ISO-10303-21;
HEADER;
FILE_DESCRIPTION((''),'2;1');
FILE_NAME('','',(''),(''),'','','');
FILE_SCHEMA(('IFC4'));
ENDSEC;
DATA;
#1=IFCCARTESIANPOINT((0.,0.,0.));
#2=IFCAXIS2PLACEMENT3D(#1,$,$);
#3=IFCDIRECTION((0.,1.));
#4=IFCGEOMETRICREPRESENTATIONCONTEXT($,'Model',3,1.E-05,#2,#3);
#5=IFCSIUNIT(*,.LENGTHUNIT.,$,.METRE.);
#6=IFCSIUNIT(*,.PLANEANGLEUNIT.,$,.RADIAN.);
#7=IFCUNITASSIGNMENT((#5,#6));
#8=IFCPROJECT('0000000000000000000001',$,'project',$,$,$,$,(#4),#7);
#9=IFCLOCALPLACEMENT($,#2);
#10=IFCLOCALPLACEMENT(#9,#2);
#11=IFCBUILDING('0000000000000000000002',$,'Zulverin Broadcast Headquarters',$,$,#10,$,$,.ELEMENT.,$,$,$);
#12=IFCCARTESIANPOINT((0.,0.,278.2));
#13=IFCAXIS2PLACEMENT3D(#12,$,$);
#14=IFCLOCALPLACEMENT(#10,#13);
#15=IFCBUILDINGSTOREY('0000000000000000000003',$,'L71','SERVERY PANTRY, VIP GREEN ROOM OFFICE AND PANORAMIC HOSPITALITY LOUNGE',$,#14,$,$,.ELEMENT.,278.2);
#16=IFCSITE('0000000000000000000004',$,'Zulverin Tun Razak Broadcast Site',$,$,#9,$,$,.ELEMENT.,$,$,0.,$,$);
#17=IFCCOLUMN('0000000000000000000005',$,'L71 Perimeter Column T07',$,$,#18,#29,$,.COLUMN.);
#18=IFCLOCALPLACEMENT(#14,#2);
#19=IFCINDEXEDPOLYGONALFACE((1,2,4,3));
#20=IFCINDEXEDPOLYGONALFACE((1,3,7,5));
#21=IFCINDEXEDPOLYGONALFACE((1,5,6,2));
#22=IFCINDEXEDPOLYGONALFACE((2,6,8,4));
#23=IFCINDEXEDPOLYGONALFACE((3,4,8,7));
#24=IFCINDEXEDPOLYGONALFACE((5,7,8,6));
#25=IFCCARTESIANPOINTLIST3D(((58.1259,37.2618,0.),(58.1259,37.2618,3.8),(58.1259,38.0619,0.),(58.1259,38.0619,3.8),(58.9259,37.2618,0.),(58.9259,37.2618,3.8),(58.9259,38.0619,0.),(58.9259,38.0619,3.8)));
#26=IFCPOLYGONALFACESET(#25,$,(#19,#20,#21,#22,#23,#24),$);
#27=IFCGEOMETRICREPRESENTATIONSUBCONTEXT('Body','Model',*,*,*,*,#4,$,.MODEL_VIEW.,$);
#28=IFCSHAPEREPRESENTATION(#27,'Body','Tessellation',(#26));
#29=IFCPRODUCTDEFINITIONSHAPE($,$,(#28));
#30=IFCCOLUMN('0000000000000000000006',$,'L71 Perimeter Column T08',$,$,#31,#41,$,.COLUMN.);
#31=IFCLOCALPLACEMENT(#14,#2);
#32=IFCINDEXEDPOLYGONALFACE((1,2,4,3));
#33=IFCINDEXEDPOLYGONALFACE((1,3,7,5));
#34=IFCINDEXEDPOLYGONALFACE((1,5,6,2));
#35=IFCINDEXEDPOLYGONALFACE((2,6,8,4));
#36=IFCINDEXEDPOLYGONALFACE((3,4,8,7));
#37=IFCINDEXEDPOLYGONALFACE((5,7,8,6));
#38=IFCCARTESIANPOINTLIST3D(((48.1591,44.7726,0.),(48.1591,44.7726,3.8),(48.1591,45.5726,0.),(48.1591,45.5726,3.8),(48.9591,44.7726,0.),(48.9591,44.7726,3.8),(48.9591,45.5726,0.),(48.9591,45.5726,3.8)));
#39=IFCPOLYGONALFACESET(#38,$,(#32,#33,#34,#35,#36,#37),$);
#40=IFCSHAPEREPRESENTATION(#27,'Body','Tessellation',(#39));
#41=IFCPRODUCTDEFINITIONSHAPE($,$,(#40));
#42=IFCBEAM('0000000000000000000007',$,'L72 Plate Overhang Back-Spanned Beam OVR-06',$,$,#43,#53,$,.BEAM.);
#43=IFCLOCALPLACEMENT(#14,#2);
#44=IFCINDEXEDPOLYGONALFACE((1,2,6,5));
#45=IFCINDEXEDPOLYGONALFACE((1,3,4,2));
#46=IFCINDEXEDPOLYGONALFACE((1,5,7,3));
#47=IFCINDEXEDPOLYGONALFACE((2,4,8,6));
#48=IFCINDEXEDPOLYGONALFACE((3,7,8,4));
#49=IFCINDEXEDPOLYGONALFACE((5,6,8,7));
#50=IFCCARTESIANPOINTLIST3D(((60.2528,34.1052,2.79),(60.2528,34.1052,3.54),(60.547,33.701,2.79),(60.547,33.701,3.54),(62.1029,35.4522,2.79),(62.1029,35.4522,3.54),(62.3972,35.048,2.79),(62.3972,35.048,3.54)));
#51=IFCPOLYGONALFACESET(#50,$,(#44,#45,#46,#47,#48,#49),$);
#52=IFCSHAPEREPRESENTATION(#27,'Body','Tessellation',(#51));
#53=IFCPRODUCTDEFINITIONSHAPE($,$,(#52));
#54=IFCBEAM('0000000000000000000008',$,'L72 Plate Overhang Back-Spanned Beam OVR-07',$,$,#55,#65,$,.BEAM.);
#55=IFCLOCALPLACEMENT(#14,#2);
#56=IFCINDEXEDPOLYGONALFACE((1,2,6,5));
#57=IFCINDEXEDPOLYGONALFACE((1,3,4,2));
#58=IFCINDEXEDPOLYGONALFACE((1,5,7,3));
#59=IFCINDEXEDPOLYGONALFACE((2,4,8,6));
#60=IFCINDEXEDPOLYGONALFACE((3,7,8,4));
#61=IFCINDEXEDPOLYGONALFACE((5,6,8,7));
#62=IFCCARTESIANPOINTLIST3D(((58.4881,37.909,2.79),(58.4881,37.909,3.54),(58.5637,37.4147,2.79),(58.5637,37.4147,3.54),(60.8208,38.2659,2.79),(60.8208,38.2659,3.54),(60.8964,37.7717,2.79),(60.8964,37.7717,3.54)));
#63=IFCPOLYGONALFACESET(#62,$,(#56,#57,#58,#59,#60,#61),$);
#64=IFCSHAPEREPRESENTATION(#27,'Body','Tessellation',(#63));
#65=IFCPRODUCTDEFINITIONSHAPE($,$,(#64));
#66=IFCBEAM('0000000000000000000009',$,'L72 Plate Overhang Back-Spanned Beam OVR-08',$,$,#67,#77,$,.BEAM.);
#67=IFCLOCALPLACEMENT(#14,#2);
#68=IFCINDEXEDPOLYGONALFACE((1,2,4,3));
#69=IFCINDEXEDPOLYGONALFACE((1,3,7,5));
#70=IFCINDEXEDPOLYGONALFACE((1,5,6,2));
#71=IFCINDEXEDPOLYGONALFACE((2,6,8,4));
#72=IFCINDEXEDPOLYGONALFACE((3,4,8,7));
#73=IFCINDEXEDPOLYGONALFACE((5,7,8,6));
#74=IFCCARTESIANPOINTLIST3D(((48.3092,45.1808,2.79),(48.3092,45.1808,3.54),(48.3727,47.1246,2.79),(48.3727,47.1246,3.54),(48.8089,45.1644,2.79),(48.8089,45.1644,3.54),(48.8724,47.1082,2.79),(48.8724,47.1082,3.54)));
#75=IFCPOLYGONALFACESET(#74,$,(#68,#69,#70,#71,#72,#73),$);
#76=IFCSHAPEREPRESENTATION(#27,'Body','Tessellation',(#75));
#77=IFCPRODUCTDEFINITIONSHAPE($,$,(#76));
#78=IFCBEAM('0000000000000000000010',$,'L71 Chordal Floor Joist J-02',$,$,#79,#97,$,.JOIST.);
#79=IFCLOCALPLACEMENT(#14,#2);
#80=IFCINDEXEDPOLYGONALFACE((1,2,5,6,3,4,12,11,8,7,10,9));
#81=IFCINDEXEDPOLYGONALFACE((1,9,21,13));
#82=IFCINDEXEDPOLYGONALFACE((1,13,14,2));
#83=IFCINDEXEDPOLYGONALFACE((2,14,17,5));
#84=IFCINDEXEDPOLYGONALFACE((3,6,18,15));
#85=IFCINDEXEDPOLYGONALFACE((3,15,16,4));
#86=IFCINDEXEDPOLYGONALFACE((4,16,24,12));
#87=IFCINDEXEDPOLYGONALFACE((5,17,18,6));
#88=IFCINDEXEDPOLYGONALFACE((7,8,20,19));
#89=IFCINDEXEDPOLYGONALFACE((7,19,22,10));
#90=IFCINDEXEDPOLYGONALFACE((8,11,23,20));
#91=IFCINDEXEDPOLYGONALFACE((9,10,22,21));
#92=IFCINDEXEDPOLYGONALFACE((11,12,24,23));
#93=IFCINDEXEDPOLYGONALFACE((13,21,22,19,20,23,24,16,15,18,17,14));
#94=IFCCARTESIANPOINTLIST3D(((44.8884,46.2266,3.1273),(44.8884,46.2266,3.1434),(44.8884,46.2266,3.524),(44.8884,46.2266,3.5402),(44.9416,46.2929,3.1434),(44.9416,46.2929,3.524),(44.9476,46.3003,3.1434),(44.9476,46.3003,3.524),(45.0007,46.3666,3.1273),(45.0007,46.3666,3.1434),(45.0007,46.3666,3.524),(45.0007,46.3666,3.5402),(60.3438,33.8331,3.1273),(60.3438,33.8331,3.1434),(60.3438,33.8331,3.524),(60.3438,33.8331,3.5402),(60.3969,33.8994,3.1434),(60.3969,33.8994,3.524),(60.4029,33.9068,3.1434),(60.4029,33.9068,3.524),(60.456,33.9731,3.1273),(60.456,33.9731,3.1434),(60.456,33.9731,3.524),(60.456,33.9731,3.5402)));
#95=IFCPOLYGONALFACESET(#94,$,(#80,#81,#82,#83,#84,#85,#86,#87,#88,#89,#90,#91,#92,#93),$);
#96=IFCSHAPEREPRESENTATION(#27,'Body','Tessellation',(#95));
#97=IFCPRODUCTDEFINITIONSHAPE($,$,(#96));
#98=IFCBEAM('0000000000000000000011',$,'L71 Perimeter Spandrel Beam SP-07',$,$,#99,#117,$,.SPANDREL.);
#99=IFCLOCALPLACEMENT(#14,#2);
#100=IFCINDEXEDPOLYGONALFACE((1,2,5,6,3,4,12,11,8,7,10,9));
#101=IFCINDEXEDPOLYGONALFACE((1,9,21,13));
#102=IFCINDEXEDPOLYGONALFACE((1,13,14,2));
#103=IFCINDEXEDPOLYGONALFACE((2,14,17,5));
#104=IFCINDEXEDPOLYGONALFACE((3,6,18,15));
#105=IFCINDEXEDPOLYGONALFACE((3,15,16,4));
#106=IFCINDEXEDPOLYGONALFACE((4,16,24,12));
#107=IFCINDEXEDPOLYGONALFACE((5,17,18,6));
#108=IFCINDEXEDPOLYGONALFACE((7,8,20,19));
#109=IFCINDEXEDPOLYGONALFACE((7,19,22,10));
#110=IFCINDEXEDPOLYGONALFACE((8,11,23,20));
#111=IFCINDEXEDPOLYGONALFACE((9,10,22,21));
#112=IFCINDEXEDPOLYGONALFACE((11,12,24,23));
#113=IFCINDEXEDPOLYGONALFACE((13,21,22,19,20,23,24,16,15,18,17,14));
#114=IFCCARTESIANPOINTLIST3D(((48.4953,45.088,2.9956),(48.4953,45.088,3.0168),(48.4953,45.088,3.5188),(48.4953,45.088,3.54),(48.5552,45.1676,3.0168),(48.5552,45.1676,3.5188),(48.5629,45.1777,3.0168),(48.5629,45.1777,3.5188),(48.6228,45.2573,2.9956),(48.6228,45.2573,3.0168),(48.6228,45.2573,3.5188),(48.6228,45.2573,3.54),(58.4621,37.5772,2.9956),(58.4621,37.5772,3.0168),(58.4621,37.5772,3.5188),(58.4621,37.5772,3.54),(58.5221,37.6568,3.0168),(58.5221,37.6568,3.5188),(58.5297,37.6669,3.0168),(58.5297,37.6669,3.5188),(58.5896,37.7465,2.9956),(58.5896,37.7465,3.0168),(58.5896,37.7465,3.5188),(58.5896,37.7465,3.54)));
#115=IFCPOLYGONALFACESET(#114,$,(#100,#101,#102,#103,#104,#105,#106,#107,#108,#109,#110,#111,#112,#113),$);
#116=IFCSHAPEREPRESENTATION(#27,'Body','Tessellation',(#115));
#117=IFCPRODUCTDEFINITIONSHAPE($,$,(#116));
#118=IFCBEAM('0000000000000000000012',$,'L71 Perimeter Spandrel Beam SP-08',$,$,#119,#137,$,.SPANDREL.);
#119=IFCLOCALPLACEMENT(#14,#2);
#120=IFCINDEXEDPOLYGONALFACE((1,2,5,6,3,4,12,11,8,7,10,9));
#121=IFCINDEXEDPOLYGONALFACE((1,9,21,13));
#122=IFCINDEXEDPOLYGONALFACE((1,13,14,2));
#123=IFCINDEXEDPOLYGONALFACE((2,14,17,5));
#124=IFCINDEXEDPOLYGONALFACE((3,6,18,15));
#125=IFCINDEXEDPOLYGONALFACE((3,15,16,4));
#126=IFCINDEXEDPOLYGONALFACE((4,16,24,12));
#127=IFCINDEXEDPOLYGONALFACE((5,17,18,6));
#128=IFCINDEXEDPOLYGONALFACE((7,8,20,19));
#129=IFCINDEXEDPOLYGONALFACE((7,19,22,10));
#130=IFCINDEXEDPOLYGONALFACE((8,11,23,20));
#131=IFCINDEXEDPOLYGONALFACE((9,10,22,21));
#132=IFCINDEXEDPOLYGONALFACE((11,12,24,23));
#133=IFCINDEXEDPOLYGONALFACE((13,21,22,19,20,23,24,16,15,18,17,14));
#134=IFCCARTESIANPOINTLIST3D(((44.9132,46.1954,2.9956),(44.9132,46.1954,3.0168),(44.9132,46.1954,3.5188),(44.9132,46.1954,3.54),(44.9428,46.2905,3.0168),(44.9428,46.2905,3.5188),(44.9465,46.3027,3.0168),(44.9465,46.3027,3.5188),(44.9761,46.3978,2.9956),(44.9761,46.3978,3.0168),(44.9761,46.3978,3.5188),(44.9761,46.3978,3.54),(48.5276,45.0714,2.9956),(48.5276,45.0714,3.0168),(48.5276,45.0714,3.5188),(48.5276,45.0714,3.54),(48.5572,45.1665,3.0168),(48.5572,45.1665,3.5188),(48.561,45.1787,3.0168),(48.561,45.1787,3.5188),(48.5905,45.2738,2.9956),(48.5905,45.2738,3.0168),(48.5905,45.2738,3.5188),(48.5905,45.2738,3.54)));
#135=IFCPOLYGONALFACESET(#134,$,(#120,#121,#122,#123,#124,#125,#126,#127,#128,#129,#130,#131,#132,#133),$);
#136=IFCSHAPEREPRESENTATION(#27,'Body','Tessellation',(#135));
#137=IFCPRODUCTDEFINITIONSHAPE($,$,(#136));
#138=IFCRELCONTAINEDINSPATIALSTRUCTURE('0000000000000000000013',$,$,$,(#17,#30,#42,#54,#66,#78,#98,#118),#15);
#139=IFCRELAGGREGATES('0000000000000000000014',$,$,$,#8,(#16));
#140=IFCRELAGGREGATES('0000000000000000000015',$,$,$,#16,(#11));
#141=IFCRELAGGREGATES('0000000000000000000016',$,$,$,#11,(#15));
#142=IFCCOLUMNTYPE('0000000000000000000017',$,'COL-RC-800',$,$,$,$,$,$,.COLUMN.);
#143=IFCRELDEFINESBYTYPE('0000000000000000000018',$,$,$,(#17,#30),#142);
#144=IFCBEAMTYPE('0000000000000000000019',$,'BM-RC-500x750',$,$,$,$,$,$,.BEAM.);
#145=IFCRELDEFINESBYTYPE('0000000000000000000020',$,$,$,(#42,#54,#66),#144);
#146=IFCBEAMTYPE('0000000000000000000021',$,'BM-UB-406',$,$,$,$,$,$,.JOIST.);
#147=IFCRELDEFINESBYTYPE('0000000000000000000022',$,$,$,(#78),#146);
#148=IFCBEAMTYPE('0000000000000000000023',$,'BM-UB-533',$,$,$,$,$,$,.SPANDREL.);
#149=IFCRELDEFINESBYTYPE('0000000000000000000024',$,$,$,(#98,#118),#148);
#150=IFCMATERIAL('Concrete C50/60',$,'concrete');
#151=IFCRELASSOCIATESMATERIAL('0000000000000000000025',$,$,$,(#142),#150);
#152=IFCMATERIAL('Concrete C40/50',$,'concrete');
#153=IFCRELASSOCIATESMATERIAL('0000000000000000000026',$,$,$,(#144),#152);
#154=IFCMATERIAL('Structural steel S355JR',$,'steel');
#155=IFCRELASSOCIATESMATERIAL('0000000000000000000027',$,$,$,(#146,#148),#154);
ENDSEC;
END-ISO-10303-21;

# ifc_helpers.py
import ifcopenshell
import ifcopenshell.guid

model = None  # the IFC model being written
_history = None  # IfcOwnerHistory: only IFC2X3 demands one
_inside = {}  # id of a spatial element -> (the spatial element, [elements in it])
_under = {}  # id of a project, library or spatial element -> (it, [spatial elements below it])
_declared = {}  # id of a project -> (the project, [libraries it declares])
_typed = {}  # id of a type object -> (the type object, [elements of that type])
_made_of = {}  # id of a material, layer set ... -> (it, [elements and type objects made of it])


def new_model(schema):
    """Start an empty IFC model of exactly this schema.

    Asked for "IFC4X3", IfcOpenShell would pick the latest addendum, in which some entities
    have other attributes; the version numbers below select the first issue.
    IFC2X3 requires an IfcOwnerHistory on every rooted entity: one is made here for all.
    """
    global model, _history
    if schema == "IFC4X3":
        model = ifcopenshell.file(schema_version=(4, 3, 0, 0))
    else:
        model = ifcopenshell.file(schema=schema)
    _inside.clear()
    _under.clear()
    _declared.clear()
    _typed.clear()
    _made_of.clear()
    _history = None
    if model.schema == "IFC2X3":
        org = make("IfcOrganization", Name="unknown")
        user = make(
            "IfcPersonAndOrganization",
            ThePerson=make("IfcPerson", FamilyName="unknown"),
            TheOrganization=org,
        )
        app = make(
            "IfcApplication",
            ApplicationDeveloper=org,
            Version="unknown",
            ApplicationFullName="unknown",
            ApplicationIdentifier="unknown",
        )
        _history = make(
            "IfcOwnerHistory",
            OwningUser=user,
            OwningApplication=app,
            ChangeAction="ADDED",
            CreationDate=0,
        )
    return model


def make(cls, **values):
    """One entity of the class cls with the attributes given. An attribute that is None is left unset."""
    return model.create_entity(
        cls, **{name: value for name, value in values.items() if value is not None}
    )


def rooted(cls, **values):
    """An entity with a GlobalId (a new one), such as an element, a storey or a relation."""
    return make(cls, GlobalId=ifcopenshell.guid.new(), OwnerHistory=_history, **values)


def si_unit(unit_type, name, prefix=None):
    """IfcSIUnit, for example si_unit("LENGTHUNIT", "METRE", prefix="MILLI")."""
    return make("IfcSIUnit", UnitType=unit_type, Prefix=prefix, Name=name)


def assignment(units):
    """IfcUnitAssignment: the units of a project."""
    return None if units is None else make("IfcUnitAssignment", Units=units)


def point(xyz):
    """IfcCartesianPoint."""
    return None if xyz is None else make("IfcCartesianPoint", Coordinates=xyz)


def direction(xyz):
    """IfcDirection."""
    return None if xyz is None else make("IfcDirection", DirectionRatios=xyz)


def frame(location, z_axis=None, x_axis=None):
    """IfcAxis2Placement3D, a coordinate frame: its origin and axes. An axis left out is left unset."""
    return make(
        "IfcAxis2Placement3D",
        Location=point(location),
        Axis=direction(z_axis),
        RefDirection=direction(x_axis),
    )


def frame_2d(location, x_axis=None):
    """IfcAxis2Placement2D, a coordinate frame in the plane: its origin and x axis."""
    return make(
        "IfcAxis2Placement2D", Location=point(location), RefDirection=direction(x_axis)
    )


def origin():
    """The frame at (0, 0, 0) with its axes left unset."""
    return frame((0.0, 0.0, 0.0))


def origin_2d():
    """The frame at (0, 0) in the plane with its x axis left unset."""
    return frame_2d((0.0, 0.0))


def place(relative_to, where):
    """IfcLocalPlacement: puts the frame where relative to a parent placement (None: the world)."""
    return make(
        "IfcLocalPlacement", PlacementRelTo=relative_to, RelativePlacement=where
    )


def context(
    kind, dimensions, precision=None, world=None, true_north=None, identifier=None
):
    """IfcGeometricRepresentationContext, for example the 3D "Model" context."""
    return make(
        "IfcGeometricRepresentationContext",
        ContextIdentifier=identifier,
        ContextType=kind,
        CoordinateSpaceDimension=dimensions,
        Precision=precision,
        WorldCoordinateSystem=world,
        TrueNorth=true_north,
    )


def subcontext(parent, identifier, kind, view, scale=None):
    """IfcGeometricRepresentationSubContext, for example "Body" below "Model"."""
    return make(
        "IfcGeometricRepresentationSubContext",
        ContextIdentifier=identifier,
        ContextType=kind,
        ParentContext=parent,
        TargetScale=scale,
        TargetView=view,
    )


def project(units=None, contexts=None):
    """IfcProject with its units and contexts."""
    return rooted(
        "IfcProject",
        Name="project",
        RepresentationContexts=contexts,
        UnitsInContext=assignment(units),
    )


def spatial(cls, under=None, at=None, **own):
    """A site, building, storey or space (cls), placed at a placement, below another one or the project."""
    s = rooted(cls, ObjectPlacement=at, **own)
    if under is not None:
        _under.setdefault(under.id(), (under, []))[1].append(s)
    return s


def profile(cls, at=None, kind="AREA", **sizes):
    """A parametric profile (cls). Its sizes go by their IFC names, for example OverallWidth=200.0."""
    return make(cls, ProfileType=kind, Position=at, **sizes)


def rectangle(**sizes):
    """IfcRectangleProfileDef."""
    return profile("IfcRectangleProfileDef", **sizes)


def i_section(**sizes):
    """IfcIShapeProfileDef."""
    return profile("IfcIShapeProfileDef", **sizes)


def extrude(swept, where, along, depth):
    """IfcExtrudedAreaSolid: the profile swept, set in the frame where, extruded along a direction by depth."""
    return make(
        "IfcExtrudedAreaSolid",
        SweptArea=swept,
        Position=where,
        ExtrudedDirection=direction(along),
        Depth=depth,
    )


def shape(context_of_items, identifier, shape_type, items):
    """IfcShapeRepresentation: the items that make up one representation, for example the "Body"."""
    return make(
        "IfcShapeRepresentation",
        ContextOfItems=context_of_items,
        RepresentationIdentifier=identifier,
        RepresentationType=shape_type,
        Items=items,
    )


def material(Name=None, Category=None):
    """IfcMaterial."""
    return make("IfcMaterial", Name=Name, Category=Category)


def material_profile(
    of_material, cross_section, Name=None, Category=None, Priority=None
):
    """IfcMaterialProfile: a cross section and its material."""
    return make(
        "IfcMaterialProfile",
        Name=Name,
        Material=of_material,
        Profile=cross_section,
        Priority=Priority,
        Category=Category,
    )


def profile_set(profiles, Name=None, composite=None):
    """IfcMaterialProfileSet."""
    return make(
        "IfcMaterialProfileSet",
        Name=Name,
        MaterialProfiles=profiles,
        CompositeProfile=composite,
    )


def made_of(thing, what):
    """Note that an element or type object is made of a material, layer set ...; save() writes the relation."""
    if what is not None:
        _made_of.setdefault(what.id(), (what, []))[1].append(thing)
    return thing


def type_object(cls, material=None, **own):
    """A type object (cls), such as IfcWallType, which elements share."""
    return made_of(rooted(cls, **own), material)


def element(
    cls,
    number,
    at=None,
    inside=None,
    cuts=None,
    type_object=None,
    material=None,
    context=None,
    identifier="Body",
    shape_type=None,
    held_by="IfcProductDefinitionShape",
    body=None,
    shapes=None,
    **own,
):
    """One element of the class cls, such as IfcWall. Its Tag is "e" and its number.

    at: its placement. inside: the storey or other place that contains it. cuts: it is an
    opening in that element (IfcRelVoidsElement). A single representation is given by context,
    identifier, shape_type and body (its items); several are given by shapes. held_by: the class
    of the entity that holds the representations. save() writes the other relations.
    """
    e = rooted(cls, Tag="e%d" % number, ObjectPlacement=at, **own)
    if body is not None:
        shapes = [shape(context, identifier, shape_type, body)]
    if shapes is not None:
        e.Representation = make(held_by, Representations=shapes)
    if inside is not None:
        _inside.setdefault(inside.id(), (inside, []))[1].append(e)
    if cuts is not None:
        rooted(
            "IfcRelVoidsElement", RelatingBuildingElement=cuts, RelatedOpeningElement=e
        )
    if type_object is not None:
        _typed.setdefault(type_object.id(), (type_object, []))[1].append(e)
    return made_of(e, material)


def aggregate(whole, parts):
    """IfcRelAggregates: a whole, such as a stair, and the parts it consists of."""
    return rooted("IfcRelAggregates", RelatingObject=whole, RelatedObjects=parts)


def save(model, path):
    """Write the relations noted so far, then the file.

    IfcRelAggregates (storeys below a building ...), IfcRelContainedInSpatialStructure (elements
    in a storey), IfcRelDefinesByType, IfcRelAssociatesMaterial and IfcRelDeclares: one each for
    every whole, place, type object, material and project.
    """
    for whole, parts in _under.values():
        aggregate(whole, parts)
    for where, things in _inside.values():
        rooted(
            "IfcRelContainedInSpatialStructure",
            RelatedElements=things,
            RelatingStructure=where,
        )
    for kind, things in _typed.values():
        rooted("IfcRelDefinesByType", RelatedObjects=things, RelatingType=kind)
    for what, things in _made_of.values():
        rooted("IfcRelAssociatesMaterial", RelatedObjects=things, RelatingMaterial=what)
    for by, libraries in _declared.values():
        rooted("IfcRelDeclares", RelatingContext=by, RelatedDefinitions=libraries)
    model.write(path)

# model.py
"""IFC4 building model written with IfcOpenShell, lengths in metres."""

from ifc_helpers import new_model, si_unit, direction, frame, origin, origin_2d, place, context, subcontext, project, spatial, rectangle, i_section, extrude, material, material_profile, profile_set, type_object, element, save


model = new_model("IFC4")

# Units and contexts
model_context = context("Model", 3, precision=1e-05, world=origin(), true_north=direction((0.0, 1.0)))
body_context = subcontext(model_context, "Body", "Model", "MODEL_VIEW")
ifc_project = project(units=[si_unit("LENGTHUNIT", "METRE"), si_unit("PLANEANGLEUNIT", "RADIAN")], contexts=[model_context])

# Site, building, storey
site_placement = place(None, origin())
site = spatial("IfcSite", under=ifc_project, at=site_placement, Name="Zulverin Tun Razak Broadcast Site", CompositionType="ELEMENT", RefElevation=0.0)
building_placement = place(site_placement, origin())
building = spatial("IfcBuilding", under=site, at=building_placement, Name="Zulverin Broadcast Headquarters", CompositionType="ELEMENT")
storey_placement = place(building_placement, frame((0.0, 0.0, 278.2)))
storey = spatial("IfcBuildingStorey", under=building, at=storey_placement, Name="L71", Description="SERVERY PANTRY, VIP GREEN ROOM OFFICE AND PANORAMIC HOSPITALITY LOUNGE", CompositionType="ELEMENT", Elevation=278.2)

# Columns
ifc_material_1 = material(Name="Concrete C50/60", Category="concrete")
ifc_material_profile_1 = material_profile(ifc_material_1, rectangle(XDim=0.8, YDim=0.8, at=origin_2d()), Name="Concrete C50/60", Category="concrete")
ifc_profile_set_1 = profile_set([ifc_material_profile_1], Name="Concrete C50/60")
column_type = type_object("IfcColumnType", Name="COL-RC-800", PredefinedType="COLUMN", material=ifc_profile_set_1)
for number, where, z_axis, x_axis, name in (
    (1, (58.5259, 37.6619, 0.0), (0.0, 0.0, 1.0), (1.0, 0.0, 0.0), "L71 Perimeter Column T07"),
    (2, (48.5591, 45.1726, 0.0), (0.0, 0.0, 1.0), (1.0, 0.0, 0.0), "L71 Perimeter Column T08"),
):
    element("IfcColumn", number, at=place(storey_placement, frame(where, z_axis=z_axis, x_axis=x_axis)), inside=storey, type_object=column_type, Name=name, PredefinedType="COLUMN", context=body_context, shape_type="SweptSolid", body=[
        extrude(rectangle(XDim=0.8, YDim=0.8, at=origin_2d()), origin(), (0.0, 0.0, 1.0), 3.8),
    ])

# Beams
ifc_material_2 = material(Name="Concrete C40/50", Category="concrete")
ifc_material_profile_2 = material_profile(ifc_material_2, rectangle(XDim=0.5, YDim=0.75, at=origin_2d()), Name="Concrete C40/50", Category="concrete")
ifc_profile_set_2 = profile_set([ifc_material_profile_2], Name="Concrete C40/50")
beam_type_1 = type_object("IfcBeamType", Name="BM-RC-500x750", PredefinedType="BEAM", material=ifc_profile_set_2)
beam_1_placement = place(storey_placement, frame((60.3999, 33.9031, 3.165), z_axis=(0.808445, 0.588571, 0.0), x_axis=(-0.588571, 0.808445, 0.0)))
element("IfcBeam", 3, at=beam_1_placement, inside=storey, type_object=beam_type_1, Name="L72 Plate Overhang Back-Spanned Beam OVR-06", PredefinedType="BEAM", context=body_context, shape_type="SweptSolid", body=[
    extrude(rectangle(XDim=0.5, YDim=0.75, at=origin_2d()), origin(), (0.0, 0.0, 1.0), 2.2886),
])
beam_2_placement = place(storey_placement, frame((58.5259, 37.6619, 3.165), z_axis=(0.988496, 0.151249, 0.0), x_axis=(-0.151249, 0.988496, 0.0)))
element("IfcBeam", 4, at=beam_2_placement, inside=storey, type_object=beam_type_1, Name="L72 Plate Overhang Back-Spanned Beam OVR-07", PredefinedType="BEAM", context=body_context, shape_type="SweptSolid", body=[
    extrude(rectangle(XDim=0.5, YDim=0.75, at=origin_2d()), origin(), (0.0, 0.0, 1.0), 2.3599),
])
beam_3_placement = place(storey_placement, frame((48.5591, 45.1726, 3.165), z_axis=(0.032638, 0.999467, 0.0), x_axis=(-0.999467, 0.032638, 0.0)))
element("IfcBeam", 5, at=beam_3_placement, inside=storey, type_object=beam_type_1, Name="L72 Plate Overhang Back-Spanned Beam OVR-08", PredefinedType="BEAM", context=body_context, shape_type="SweptSolid", body=[
    extrude(rectangle(XDim=0.5, YDim=0.75, at=origin_2d()), origin(), (0.0, 0.0, 1.0), 1.9448),
])
ifc_material_3 = material(Name="Structural steel S355JR", Category="steel")
ifc_material_profile_3 = material_profile(ifc_material_3, i_section(OverallWidth=0.1794, OverallDepth=0.4128, WebThickness=0.0095, FlangeThickness=0.0161, at=origin_2d()), Name="Structural steel S355JR", Category="steel")
ifc_profile_set_3 = profile_set([ifc_material_profile_3], Name="Structural steel S355JR")
beam_type_2 = type_object("IfcBeamType", Name="BM-UB-406", PredefinedType="JOIST", material=ifc_profile_set_3)
beam_4_placement = place(storey_placement, frame((60.3999, 33.9031, 3.3337), z_axis=(-0.780147, 0.625596, 0.0), x_axis=(-0.625596, -0.780147, 0.0)))
element("IfcBeam", 6, at=beam_4_placement, inside=storey, type_object=beam_type_2, Name="L71 Chordal Floor Joist J-02", PredefinedType="JOIST", context=body_context, shape_type="SweptSolid", body=[
    extrude(i_section(OverallWidth=0.1794, OverallDepth=0.4128, WebThickness=0.0095, FlangeThickness=0.0161, at=origin_2d()), origin(), (0.0, 0.0, 1.0), 19.8108),
])
ifc_material_profile_4 = material_profile(ifc_material_3, i_section(OverallWidth=0.2119, OverallDepth=0.5444, WebThickness=0.0127, FlangeThickness=0.0212, at=origin_2d()), Name="Structural steel S355JR", Category="steel")
ifc_profile_set_4 = profile_set([ifc_material_profile_4], Name="Structural steel S355JR")
beam_type_3 = type_object("IfcBeamType", Name="BM-UB-533", PredefinedType="SPANDREL", material=ifc_profile_set_4)
beam_5_placement = place(storey_placement, frame((58.5259, 37.6619, 3.2678), z_axis=(-0.798627, 0.601826, 0.0), x_axis=(-0.601826, -0.798627, 0.0)))
element("IfcBeam", 7, at=beam_5_placement, inside=storey, type_object=beam_type_3, Name="L71 Perimeter Spandrel Beam SP-07", PredefinedType="SPANDREL", context=body_context, shape_type="SweptSolid", body=[
    extrude(i_section(OverallWidth=0.2119, OverallDepth=0.5444, WebThickness=0.0127, FlangeThickness=0.0212, at=origin_2d()), origin(), (0.0, 0.0, 1.0), 12.48),
])
beam_6_placement = place(storey_placement, frame((48.5591, 45.1726, 3.2678), z_axis=(-0.954893, 0.296949, 0.0), x_axis=(-0.296949, -0.954893, 0.0)))
element("IfcBeam", 8, at=beam_6_placement, inside=storey, type_object=beam_type_3, Name="L71 Perimeter Spandrel Beam SP-08", PredefinedType="SPANDREL", context=body_context, shape_type="SweptSolid", body=[
    extrude(i_section(OverallWidth=0.2119, OverallDepth=0.5444, WebThickness=0.0127, FlangeThickness=0.0212, at=origin_2d()), origin(), (0.0, 0.0, 1.0), 3.7852),
])

save(model, "model.ifc")
